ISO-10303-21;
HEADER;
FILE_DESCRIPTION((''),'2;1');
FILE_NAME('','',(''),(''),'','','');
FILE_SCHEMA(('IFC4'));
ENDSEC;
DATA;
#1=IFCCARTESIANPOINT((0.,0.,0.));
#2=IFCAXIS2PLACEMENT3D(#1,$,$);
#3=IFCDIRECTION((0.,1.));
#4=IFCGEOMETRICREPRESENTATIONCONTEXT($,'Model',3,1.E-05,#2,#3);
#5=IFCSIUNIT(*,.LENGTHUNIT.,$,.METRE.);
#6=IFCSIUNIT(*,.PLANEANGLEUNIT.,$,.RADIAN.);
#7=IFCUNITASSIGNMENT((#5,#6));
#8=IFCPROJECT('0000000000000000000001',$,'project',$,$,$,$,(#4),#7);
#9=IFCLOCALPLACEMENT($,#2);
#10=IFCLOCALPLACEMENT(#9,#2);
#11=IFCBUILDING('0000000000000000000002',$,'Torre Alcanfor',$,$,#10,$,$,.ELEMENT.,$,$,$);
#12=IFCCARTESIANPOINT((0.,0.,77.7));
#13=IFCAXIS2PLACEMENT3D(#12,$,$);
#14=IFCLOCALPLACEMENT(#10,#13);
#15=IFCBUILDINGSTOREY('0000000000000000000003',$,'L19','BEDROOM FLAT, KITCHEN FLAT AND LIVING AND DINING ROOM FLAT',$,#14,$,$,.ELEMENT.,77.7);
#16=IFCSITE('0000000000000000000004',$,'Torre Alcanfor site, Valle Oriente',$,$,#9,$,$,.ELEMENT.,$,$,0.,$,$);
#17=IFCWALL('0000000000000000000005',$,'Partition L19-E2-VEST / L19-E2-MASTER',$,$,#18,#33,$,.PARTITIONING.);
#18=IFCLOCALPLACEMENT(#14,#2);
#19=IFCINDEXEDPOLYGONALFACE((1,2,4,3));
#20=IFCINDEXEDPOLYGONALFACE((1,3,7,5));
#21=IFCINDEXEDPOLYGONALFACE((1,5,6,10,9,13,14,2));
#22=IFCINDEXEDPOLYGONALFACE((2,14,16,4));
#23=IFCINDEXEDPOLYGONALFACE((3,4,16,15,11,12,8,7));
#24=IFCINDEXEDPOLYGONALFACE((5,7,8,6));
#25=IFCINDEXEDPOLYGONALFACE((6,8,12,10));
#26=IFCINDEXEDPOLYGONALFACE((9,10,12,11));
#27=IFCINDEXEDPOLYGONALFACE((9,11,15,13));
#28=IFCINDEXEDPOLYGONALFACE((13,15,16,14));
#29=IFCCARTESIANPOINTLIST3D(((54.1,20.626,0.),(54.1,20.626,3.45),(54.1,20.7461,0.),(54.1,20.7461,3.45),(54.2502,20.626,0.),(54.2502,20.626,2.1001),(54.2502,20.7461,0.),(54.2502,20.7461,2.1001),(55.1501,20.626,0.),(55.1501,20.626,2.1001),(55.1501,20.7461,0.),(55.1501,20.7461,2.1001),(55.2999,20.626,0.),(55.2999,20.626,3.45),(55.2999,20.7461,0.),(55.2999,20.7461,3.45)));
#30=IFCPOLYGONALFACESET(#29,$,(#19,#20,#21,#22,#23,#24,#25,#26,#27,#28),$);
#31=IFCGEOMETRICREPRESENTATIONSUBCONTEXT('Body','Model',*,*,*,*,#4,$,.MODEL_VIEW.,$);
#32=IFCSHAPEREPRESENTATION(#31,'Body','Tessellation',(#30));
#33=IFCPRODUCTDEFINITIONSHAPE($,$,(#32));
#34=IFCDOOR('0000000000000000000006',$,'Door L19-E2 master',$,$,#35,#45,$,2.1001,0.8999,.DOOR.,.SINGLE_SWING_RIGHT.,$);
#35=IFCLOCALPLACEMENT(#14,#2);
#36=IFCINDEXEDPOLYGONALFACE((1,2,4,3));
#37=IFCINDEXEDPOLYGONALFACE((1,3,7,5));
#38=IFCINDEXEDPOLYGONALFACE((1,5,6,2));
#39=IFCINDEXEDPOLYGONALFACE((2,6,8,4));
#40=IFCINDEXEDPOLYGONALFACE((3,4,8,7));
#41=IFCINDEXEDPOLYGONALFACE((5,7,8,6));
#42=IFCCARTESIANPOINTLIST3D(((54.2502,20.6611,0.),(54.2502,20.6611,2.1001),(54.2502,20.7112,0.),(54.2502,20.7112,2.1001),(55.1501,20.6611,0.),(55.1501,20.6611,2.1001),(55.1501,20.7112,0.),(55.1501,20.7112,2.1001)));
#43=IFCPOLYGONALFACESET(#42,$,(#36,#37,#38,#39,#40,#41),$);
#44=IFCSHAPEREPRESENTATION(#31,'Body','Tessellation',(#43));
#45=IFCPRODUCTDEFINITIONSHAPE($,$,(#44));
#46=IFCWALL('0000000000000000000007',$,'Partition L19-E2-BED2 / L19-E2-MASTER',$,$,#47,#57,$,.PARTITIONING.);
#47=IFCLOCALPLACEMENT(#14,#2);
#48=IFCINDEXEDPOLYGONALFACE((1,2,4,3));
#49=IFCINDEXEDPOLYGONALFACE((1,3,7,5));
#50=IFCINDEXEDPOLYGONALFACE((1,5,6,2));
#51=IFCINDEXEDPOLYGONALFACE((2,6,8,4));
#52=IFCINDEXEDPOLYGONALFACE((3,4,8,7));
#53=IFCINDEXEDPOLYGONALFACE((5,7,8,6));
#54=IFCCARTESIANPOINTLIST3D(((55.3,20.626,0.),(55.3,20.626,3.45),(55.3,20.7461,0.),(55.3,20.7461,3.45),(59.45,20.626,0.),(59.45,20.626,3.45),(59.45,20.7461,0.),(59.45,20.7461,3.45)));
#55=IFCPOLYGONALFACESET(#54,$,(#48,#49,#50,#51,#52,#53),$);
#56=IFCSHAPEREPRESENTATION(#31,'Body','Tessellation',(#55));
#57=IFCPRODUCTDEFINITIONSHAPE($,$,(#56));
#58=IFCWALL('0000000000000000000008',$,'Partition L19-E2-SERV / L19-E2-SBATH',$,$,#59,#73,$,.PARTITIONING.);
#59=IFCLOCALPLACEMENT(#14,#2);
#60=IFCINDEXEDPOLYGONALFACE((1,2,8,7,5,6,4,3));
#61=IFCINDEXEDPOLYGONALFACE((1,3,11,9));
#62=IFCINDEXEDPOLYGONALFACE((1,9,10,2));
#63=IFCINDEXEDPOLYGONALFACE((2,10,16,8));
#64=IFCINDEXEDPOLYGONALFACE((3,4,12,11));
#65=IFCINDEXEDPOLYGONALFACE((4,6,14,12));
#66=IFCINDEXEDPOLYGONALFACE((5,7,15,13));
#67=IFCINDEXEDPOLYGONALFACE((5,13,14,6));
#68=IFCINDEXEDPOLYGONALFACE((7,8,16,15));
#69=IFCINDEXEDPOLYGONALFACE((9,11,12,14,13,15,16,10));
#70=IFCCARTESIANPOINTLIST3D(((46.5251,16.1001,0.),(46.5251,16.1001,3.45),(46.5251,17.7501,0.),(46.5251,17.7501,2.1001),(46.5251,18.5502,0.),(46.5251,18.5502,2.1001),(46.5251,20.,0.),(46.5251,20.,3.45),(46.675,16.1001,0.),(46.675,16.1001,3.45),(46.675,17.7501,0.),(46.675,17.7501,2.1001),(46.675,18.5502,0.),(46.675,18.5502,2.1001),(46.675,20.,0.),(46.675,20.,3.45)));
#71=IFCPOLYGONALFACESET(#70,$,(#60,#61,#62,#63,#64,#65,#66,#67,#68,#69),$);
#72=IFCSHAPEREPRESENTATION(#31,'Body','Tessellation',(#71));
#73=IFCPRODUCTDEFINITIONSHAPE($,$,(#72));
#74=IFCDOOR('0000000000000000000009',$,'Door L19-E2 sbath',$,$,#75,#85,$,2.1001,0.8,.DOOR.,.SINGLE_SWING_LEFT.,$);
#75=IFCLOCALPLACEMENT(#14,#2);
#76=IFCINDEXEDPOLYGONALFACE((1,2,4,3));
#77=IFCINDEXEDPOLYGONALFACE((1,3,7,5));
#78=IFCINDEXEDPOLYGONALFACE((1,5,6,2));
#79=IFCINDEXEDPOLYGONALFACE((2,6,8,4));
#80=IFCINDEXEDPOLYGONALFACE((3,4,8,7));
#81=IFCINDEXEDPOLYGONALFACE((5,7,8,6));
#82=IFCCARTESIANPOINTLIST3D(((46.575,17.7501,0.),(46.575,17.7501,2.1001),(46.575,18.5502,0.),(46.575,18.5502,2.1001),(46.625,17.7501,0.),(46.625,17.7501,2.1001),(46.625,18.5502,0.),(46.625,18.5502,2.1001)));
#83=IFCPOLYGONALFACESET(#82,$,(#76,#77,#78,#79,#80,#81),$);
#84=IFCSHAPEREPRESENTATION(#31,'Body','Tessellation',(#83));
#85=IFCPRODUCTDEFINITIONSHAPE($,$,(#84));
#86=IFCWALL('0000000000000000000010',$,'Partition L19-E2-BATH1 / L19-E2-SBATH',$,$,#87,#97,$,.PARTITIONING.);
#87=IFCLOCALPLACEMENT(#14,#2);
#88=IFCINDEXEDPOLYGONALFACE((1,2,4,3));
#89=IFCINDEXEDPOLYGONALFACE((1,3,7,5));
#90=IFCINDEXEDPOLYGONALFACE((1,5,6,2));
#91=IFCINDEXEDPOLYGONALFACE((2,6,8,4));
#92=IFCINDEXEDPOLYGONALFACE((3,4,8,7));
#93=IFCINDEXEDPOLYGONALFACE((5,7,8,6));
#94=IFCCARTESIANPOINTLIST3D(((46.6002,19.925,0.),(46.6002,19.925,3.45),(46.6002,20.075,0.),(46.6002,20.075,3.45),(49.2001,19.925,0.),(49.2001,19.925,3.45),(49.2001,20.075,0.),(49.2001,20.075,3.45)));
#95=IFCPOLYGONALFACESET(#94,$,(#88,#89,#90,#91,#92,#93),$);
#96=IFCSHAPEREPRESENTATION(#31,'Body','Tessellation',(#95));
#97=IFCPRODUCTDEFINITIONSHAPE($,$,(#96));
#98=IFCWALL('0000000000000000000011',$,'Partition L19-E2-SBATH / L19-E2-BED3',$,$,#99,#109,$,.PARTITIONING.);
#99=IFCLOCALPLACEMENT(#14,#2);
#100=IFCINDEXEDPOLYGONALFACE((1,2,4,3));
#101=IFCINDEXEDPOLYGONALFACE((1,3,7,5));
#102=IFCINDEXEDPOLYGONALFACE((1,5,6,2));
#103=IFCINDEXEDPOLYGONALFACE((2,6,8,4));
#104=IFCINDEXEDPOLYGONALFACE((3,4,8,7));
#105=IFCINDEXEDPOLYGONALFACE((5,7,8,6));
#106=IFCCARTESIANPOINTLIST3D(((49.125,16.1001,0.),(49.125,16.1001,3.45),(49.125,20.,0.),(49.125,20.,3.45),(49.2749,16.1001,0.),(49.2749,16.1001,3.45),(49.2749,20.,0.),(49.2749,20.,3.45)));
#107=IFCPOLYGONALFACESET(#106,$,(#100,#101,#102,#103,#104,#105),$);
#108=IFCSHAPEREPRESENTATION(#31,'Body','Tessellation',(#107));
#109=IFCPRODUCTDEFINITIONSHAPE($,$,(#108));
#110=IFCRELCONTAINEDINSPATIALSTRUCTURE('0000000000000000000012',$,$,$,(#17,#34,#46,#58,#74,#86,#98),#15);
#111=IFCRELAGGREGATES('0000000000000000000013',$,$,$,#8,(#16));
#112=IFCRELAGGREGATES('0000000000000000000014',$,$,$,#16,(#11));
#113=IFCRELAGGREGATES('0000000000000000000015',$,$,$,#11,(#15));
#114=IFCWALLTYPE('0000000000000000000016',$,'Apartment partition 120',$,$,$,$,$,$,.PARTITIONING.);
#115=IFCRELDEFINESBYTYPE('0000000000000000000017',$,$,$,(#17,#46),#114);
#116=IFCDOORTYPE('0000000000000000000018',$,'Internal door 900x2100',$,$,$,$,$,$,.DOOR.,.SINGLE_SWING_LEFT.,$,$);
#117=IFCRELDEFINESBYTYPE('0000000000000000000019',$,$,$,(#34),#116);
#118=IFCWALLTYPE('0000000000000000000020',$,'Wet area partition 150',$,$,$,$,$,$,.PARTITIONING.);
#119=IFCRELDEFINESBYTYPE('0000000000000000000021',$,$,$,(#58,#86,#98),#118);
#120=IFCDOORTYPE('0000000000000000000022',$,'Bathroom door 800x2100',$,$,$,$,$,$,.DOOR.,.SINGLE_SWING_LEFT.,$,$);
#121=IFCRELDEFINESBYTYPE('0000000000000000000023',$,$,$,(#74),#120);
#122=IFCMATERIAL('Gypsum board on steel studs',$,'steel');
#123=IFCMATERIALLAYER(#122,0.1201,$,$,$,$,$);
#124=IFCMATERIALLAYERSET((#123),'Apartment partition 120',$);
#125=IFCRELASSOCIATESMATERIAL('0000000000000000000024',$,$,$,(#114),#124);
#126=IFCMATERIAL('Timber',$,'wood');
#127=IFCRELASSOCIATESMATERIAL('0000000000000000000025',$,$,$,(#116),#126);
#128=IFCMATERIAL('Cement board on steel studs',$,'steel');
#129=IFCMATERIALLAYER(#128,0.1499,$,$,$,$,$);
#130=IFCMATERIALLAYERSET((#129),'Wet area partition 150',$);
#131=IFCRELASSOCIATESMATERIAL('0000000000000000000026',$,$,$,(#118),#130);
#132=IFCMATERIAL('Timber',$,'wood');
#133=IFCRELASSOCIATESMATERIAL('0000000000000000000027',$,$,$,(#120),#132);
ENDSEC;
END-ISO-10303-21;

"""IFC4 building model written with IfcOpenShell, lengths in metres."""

from ifc_helpers import new_model, si_unit, direction, frame, frame_2d, origin, place, context, subcontext, project, spatial, rectangle, extrude, material, layer, layer_set, type_object, element, fill, save


model = new_model("IFC4")

# Units and contexts
model_context = context("Model", 3, precision=1e-05, world=origin(), true_north=direction((0.0, 1.0)))
body_context = subcontext(model_context, "Body", "Model", "MODEL_VIEW")
ifc_project = project(units=[si_unit("LENGTHUNIT", "METRE"), si_unit("PLANEANGLEUNIT", "RADIAN")], contexts=[model_context])

# Site, building, storey
site_placement = place(None, origin())
site = spatial("IfcSite", under=ifc_project, at=site_placement, Name="Torre Alcanfor site, Valle Oriente", CompositionType="ELEMENT", RefElevation=0.0)
building_placement = place(site_placement, origin())
building = spatial("IfcBuilding", under=site, at=building_placement, Name="Torre Alcanfor", CompositionType="ELEMENT")
storey_placement = place(building_placement, frame((0.0, 0.0, 77.7)))
storey = spatial("IfcBuildingStorey", under=building, at=storey_placement, Name="L19", Description="BEDROOM FLAT, KITCHEN FLAT AND LIVING AND DINING ROOM FLAT", CompositionType="ELEMENT", Elevation=77.7)

# Shared definitions
ifc_material_1 = material(Name="Gypsum board on steel studs", Category="steel")
ifc_layer_1 = layer(ifc_material_1, 0.1201)
ifc_layer_set_1 = layer_set([ifc_layer_1], Name="Apartment partition 120")
wall_type_1 = type_object("IfcWallType", Name="Apartment partition 120", PredefinedType="PARTITIONING", material=ifc_layer_set_1)

# Wall, opening, door
wall_1_placement = place(storey_placement, frame((55.3, 20.686, 0.0), z_axis=(0.0, 0.0, 1.0), x_axis=(-1.0, 0.0, 0.0)))
wall_1 = element("IfcWall", 1, at=wall_1_placement, inside=storey, type_object=wall_type_1, Name="Partition L19-E2-VEST / L19-E2-MASTER", PredefinedType="PARTITIONING", context=body_context, shape_type="SweptSolid", body=[
    extrude(rectangle(XDim=1.2, YDim=0.1201, at=frame_2d((0.6001, 0.0))), origin(), (0.0, 0.0, 1.0), 3.45),
])
opening_1_placement = place(wall_1_placement, frame((0.1499, 0.0, 0.0)))
opening_1 = element("IfcOpeningElement", 2, at=opening_1_placement, cuts=wall_1, PredefinedType="OPENING", context=body_context, shape_type="SweptSolid", body=[
    extrude(rectangle(XDim=0.8999, YDim=2.1001, at=frame_2d((0.45, 1.05))), frame((0.0, 0.0701, 0.0), z_axis=(0.0, -1.0, 0.0), x_axis=(1.0, 0.0, 0.0)), (0.0, 0.0, 1.0), 0.1401),
])
ifc_material_2 = material(Name="Timber", Category="wood")
door_type_1 = type_object("IfcDoorType", Name="Internal door 900x2100", OperationType="SINGLE_SWING_LEFT", PredefinedType="DOOR", material=ifc_material_2)
door_1_placement = place(opening_1_placement, frame((0.8999, 0.0, 0.0), z_axis=(0.0, 0.0, 1.0), x_axis=(-1.0, 0.0, 0.0)))
door_1 = element("IfcDoor", 3, at=door_1_placement, inside=storey, type_object=door_type_1, Name="Door L19-E2 master", OperationType="SINGLE_SWING_RIGHT", OverallHeight=2.1001, OverallWidth=0.8999, PredefinedType="DOOR", context=body_context, shape_type="SweptSolid", body=[
    extrude(rectangle(XDim=0.8999, YDim=2.1001, at=frame_2d((0.45, 1.05))), frame((0.0, 0.0251, 0.0), z_axis=(0.0, -1.0, 0.0), x_axis=(1.0, 0.0, 0.0)), (0.0, 0.0, 1.0), 0.05),
])
fill(opening_1, door_1)

# Wall
wall_2_placement = place(storey_placement, frame((59.45, 20.686, 0.0), z_axis=(0.0, 0.0, 1.0), x_axis=(-1.0, 0.0, 0.0)))
element("IfcWall", 4, at=wall_2_placement, inside=storey, type_object=wall_type_1, Name="Partition L19-E2-BED2 / L19-E2-MASTER", PredefinedType="PARTITIONING", context=body_context, shape_type="SweptSolid", body=[
    extrude(rectangle(XDim=4.1499, YDim=0.1201, at=frame_2d((2.075, 0.0))), origin(), (0.0, 0.0, 1.0), 3.45),
])

# Wall, opening, door
ifc_material_3 = material(Name="Cement board on steel studs", Category="steel")
ifc_layer_2 = layer(ifc_material_3, 0.1499)
ifc_layer_set_2 = layer_set([ifc_layer_2], Name="Wet area partition 150")
wall_type_2 = type_object("IfcWallType", Name="Wet area partition 150", PredefinedType="PARTITIONING", material=ifc_layer_set_2)
wall_3_placement = place(storey_placement, frame((46.6001, 20.0, 0.0), z_axis=(0.0, 0.0, 1.0), x_axis=(0.0, -1.0, 0.0)))
wall_3 = element("IfcWall", 5, at=wall_3_placement, inside=storey, type_object=wall_type_2, Name="Partition L19-E2-SERV / L19-E2-SBATH", PredefinedType="PARTITIONING", context=body_context, shape_type="SweptSolid", body=[
    extrude(rectangle(XDim=3.8999, YDim=0.1499, at=frame_2d((1.95, 0.0))), origin(), (0.0, 0.0, 1.0), 3.45),
])
opening_2_placement = place(wall_3_placement, frame((1.45, 0.0, 0.0)))
opening_2 = element("IfcOpeningElement", 6, at=opening_2_placement, cuts=wall_3, PredefinedType="OPENING", context=body_context, shape_type="SweptSolid", body=[
    extrude(rectangle(XDim=0.8, YDim=2.1001, at=frame_2d((0.3999, 1.05))), frame((0.0, 0.085, 0.0), z_axis=(0.0, -1.0, 0.0), x_axis=(1.0, 0.0, 0.0)), (0.0, 0.0, 1.0), 0.1699),
])
ifc_material_4 = material(Name="Timber", Category="wood")
door_type_2 = type_object("IfcDoorType", Name="Bathroom door 800x2100", OperationType="SINGLE_SWING_LEFT", PredefinedType="DOOR", material=ifc_material_4)
door_2_placement = place(opening_2_placement, origin())
door_2 = element("IfcDoor", 7, at=door_2_placement, inside=storey, type_object=door_type_2, Name="Door L19-E2 sbath", OperationType="SINGLE_SWING_LEFT", OverallHeight=2.1001, OverallWidth=0.8, PredefinedType="DOOR", context=body_context, shape_type="SweptSolid", body=[
    extrude(rectangle(XDim=0.8, YDim=2.1001, at=frame_2d((0.3999, 1.05))), frame((0.0, 0.0249, 0.0), z_axis=(0.0, -1.0, 0.0), x_axis=(1.0, 0.0, 0.0)), (0.0, 0.0, 1.0), 0.05),
])
fill(opening_2, door_2)

# Walls
wall_4_placement = place(storey_placement, frame((49.2, 20.0, 0.0), z_axis=(0.0, 0.0, 1.0), x_axis=(-1.0, 0.0, 0.0)))
element("IfcWall", 8, at=wall_4_placement, inside=storey, type_object=wall_type_2, Name="Partition L19-E2-BATH1 / L19-E2-SBATH", PredefinedType="PARTITIONING", context=body_context, shape_type="SweptSolid", body=[
    extrude(rectangle(XDim=2.5999, YDim=0.1499, at=frame_2d((1.2998, 0.0))), origin(), (0.0, 0.0, 1.0), 3.45),
])
wall_5_placement = place(storey_placement, frame((49.2, 20.0, 0.0), z_axis=(0.0, 0.0, 1.0), x_axis=(0.0, -1.0, 0.0)))
element("IfcWall", 9, at=wall_5_placement, inside=storey, type_object=wall_type_2, Name="Partition L19-E2-SBATH / L19-E2-BED3", PredefinedType="PARTITIONING", context=body_context, shape_type="SweptSolid", body=[
    extrude(rectangle(XDim=3.8999, YDim=0.1499, at=frame_2d((1.95, 0.0))), origin(), (0.0, 0.0, 1.0), 3.45),
])

save(model, "model.ifc")
